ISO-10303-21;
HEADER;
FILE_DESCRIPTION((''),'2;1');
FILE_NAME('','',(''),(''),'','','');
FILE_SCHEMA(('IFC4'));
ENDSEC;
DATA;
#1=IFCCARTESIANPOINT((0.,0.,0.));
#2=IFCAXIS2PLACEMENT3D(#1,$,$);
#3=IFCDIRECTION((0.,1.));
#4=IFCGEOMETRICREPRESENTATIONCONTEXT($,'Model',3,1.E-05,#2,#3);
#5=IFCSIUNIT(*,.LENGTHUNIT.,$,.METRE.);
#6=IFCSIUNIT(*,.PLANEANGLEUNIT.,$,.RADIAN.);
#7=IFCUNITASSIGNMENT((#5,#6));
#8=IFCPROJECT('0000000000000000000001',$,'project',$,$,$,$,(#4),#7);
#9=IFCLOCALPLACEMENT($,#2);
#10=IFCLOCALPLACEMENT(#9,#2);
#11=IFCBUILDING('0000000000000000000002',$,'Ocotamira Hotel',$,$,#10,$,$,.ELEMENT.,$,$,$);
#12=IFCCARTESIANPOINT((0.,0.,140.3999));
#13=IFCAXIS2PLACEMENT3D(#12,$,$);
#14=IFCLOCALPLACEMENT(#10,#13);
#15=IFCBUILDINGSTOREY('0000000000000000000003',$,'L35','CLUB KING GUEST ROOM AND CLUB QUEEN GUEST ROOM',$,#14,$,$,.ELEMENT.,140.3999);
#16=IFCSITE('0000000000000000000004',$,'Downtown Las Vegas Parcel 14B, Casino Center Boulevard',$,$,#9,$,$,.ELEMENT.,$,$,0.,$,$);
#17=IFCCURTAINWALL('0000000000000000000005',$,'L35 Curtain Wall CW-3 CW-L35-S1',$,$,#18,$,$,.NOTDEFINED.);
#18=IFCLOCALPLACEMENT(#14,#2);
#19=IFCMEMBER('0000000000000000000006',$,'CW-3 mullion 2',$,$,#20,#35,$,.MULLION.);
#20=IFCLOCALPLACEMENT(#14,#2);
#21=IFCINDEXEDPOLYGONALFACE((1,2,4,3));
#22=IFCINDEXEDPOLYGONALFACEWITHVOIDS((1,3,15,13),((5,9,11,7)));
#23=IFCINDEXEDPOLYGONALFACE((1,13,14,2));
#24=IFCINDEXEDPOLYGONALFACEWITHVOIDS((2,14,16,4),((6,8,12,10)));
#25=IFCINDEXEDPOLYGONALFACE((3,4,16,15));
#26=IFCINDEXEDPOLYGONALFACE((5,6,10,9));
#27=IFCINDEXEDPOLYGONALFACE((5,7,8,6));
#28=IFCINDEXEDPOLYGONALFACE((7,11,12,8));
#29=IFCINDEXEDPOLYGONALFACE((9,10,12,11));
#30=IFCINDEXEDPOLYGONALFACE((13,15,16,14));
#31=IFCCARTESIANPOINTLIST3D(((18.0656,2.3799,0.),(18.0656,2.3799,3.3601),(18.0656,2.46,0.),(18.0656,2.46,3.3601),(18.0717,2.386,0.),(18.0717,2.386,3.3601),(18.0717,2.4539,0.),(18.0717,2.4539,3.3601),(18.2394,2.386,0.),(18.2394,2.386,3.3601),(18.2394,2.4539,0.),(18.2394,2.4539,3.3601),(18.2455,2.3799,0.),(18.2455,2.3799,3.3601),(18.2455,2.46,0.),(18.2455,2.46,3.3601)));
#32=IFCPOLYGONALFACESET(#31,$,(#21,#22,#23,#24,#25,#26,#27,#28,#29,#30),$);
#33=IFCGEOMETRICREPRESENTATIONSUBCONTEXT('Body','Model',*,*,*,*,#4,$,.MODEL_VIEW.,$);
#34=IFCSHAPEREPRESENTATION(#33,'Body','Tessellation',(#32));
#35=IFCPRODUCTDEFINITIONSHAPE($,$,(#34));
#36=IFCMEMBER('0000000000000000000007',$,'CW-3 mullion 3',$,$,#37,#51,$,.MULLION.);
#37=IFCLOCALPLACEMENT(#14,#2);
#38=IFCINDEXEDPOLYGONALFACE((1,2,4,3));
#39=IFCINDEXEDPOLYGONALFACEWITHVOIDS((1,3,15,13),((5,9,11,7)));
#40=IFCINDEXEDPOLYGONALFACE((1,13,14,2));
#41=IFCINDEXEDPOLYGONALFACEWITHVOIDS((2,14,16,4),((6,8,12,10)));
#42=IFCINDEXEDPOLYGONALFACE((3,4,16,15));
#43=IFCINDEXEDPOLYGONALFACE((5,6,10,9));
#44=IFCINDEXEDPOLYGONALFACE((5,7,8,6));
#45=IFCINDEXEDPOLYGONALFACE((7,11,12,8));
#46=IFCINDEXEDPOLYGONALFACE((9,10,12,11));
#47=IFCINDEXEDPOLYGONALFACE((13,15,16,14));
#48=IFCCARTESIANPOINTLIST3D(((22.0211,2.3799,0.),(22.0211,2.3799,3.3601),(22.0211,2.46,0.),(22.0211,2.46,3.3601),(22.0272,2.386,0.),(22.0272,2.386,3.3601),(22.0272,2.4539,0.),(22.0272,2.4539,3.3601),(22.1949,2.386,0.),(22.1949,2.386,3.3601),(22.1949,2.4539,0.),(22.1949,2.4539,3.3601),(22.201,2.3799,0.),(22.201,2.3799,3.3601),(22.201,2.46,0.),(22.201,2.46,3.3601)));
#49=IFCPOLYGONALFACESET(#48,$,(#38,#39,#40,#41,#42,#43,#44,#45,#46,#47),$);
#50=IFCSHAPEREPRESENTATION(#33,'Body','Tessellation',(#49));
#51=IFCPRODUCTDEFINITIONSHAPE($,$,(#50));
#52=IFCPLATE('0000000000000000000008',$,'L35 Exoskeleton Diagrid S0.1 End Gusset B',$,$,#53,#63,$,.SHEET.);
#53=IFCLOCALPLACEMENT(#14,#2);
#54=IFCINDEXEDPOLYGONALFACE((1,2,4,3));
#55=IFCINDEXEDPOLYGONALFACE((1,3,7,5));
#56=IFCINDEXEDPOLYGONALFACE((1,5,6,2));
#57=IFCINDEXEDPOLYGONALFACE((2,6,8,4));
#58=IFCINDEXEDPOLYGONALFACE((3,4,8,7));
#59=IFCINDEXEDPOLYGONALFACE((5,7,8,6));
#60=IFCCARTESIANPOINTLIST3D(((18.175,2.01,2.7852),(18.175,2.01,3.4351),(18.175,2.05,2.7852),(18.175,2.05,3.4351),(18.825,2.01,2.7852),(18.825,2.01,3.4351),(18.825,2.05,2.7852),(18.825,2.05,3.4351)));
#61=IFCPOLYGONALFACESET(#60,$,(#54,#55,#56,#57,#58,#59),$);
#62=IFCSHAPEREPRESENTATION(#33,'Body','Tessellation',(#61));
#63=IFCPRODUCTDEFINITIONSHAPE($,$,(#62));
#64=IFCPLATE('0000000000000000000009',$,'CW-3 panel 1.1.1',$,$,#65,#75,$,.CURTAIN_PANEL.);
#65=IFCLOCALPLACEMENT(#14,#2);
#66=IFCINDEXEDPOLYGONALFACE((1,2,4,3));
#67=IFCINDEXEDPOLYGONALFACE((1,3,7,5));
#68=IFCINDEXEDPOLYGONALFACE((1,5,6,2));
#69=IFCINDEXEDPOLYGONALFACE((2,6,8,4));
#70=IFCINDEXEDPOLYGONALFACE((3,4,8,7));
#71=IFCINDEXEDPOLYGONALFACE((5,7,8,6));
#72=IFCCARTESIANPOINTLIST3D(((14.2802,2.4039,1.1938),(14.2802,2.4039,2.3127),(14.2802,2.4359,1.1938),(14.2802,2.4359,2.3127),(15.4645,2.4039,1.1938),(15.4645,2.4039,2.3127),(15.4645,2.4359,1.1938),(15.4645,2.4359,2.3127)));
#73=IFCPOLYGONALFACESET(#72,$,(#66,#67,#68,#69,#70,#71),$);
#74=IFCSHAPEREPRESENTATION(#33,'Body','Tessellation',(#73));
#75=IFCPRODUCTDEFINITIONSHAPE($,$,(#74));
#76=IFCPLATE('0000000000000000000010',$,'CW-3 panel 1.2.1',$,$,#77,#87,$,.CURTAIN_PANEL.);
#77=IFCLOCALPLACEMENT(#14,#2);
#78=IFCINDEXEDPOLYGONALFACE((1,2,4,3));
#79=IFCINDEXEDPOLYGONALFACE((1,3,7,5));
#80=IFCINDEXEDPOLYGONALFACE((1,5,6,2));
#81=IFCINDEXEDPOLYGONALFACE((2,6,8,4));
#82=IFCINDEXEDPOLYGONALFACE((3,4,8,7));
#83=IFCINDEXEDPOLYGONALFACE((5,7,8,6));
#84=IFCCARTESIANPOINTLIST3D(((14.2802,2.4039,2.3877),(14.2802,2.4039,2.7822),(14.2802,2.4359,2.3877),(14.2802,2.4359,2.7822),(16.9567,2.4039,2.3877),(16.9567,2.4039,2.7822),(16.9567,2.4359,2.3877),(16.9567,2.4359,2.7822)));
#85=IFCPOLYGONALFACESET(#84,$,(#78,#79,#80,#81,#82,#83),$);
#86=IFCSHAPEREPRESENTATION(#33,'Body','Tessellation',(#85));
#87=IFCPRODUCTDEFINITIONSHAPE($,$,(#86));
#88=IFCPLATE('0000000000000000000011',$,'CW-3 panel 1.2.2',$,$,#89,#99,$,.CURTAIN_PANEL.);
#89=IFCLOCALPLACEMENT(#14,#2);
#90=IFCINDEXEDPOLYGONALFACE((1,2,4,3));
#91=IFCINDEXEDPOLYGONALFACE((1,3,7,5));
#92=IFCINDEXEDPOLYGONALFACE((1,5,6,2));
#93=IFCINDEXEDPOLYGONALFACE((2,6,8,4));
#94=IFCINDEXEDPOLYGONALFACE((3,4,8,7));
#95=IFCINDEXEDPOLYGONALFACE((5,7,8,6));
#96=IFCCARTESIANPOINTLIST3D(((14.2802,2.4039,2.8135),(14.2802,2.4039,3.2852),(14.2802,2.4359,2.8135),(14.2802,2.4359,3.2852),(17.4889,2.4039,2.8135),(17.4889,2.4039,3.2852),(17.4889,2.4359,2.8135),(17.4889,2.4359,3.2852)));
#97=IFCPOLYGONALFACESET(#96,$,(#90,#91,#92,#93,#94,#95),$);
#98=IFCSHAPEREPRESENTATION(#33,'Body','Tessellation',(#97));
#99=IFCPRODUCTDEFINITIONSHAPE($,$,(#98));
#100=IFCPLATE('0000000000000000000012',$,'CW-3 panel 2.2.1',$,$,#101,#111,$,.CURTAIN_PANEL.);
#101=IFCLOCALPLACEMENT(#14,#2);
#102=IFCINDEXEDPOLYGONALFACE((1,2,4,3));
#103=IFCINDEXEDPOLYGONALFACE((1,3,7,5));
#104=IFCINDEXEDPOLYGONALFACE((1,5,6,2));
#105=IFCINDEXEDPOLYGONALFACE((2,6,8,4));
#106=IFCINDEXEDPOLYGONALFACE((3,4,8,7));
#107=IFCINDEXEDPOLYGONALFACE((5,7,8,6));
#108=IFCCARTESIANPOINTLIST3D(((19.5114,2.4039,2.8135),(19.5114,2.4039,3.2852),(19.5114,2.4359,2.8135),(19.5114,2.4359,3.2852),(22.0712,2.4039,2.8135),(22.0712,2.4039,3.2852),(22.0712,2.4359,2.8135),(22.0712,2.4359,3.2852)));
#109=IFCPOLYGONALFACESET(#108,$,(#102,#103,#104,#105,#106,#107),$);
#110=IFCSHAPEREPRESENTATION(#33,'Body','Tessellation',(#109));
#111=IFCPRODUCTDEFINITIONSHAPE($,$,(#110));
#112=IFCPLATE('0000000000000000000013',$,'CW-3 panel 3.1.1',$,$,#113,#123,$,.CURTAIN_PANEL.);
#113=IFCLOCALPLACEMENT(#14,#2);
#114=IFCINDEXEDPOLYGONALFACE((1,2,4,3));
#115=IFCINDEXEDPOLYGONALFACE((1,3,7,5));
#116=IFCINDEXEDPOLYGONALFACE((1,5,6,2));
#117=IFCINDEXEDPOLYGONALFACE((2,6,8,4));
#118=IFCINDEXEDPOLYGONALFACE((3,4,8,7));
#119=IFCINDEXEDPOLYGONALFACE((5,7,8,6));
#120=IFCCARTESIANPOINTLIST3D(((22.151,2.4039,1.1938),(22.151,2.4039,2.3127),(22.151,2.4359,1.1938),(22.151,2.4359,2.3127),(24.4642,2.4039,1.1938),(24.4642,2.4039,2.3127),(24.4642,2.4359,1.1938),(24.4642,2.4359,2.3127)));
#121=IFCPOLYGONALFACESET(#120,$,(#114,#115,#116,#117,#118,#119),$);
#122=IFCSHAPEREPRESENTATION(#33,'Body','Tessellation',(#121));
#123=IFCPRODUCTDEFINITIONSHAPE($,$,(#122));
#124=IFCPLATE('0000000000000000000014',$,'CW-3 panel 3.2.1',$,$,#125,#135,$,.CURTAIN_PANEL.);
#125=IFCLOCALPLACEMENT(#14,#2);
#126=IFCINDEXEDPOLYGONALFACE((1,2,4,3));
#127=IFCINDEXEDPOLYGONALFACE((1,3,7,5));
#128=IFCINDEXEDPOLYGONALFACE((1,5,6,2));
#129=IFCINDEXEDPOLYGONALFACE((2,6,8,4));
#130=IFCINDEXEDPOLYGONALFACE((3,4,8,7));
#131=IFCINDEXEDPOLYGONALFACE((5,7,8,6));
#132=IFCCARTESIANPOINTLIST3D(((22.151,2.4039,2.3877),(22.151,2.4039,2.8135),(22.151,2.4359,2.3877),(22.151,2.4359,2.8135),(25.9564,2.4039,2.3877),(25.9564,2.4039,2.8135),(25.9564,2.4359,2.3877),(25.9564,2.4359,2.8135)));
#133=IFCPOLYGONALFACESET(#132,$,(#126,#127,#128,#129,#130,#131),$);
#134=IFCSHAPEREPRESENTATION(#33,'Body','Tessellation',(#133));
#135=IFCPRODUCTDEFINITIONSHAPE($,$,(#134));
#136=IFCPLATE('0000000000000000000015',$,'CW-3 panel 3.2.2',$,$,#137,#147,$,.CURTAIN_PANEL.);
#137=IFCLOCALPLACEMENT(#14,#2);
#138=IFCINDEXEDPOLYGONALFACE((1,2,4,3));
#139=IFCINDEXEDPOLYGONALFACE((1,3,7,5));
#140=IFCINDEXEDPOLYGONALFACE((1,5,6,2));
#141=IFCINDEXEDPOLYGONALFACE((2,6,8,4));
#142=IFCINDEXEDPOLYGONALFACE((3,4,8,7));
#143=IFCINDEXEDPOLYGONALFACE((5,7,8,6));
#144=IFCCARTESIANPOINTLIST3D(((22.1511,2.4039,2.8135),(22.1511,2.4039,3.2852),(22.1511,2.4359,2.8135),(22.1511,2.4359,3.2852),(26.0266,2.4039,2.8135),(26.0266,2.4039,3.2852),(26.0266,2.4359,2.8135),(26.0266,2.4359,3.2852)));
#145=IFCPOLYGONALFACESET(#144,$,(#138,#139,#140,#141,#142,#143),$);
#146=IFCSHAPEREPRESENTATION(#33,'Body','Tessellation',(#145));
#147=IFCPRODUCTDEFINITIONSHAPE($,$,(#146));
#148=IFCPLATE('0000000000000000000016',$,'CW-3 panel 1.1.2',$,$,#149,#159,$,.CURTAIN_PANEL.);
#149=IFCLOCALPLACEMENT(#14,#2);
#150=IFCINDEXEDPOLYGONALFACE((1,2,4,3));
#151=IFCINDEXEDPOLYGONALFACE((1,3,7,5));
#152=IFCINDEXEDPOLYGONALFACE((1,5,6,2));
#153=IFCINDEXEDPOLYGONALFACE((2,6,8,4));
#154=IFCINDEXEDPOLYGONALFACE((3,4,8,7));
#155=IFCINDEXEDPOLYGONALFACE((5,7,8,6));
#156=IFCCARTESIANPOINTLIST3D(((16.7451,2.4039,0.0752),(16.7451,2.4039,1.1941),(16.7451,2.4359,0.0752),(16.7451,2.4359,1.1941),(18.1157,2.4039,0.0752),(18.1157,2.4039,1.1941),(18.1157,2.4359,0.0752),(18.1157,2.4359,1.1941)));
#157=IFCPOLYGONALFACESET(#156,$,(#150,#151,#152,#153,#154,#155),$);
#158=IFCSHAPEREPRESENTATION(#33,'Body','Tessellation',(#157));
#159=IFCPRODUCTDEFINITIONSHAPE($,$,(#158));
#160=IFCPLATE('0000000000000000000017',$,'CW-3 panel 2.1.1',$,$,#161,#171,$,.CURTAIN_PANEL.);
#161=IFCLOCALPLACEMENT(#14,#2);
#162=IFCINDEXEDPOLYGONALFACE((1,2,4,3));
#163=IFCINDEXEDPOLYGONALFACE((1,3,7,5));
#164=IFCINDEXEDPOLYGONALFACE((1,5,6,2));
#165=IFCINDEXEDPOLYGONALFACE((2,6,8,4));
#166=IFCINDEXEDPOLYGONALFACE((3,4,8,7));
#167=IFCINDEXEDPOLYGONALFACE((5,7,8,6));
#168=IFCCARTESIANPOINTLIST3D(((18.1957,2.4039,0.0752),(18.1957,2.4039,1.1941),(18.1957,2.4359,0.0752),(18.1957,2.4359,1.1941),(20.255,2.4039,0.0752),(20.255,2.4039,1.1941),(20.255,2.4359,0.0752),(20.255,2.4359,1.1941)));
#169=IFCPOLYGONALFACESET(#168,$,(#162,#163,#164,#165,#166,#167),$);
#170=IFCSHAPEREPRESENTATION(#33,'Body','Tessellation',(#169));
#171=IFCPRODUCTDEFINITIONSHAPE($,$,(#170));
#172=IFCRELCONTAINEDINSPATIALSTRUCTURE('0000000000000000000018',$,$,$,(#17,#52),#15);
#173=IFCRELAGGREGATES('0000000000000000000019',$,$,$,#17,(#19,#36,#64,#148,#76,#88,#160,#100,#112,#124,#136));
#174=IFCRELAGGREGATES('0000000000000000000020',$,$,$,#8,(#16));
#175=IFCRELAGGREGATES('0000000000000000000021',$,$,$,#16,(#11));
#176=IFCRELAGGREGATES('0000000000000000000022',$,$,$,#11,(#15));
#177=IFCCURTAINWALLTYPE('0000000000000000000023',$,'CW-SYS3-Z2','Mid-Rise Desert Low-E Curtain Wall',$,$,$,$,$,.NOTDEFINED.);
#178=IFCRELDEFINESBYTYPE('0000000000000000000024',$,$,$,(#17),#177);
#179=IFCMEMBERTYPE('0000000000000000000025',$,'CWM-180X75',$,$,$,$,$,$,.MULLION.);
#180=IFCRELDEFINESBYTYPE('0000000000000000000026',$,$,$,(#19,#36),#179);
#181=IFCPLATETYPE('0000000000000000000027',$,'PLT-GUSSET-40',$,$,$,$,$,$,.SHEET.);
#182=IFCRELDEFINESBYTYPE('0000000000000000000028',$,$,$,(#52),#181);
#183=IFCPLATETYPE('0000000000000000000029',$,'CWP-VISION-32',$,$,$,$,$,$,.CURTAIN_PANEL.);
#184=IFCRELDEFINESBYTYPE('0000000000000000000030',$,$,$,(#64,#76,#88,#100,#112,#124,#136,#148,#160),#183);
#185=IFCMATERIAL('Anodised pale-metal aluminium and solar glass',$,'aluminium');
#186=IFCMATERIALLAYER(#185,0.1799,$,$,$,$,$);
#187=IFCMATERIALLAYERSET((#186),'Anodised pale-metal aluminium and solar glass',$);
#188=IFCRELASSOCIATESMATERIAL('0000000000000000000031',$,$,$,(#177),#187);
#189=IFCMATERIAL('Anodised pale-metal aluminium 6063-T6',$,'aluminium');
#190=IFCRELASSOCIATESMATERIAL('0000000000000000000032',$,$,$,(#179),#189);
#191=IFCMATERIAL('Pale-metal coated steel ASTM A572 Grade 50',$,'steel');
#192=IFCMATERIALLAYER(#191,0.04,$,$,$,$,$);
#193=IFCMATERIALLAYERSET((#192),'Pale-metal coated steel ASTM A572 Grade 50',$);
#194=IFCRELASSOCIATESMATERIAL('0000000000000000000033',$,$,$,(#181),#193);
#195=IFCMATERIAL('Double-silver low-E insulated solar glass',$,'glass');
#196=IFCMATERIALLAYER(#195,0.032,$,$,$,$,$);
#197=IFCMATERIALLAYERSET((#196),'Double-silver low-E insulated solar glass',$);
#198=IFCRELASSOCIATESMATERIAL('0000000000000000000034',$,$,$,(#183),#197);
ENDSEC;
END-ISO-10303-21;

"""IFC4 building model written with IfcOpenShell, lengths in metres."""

from ifc_helpers import new_model, si_unit, direction, frame, origin, origin_2d, place, context, subcontext, project, spatial, rectangle, hollow_rectangle, extrude, source, transform, mapped, material, layer, layer_set, material_profile, profile_set, type_object, element, aggregate, save


model = new_model("IFC4")

# Units and contexts
model_context = context("Model", 3, precision=1e-05, world=origin(), true_north=direction((0.0, 1.0)))
body_context = subcontext(model_context, "Body", "Model", "MODEL_VIEW")
ifc_project = project(units=[si_unit("LENGTHUNIT", "METRE"), si_unit("PLANEANGLEUNIT", "RADIAN")], contexts=[model_context])

# Site, building, storey
site_placement = place(None, origin())
site = spatial("IfcSite", under=ifc_project, at=site_placement, Name="Downtown Las Vegas Parcel 14B, Casino Center Boulevard", CompositionType="ELEMENT", RefElevation=0.0)
building_placement = place(site_placement, origin())
building = spatial("IfcBuilding", under=site, at=building_placement, Name="Ocotamira Hotel", CompositionType="ELEMENT")
storey_placement = place(building_placement, frame((0.0, 0.0, 140.3999)))
storey = spatial("IfcBuildingStorey", under=building, at=storey_placement, Name="L35", Description="CLUB KING GUEST ROOM AND CLUB QUEEN GUEST ROOM", CompositionType="ELEMENT", Elevation=140.3999)

# Curtain wall, members
ifc_material_1 = material(Name="Anodised pale-metal aluminium and solar glass", Category="aluminium")
ifc_layer_1 = layer(ifc_material_1, 0.1799)
ifc_layer_set_1 = layer_set([ifc_layer_1], Name="Anodised pale-metal aluminium and solar glass")
curtain_wall_type = type_object("IfcCurtainWallType", Name="CW-SYS3-Z2", Description="Mid-Rise Desert Low-E Curtain Wall", PredefinedType="NOTDEFINED", material=ifc_layer_set_1)
curtain_wall_placement = place(storey_placement, origin())
curtain_wall = element("IfcCurtainWall", 1, at=curtain_wall_placement, inside=storey, type_object=curtain_wall_type, Name="L35 Curtain Wall CW-3 CW-L35-S1", PredefinedType="NOTDEFINED")
ifc_material_2 = material(Name="Anodised pale-metal aluminium 6063-T6", Category="aluminium")
ifc_material_profile_1 = material_profile(ifc_material_2, hollow_rectangle(XDim=0.0801, YDim=0.1799, WallThickness=0.0061, at=origin_2d()), Name="HSS180X80X6")
ifc_profile_set_1 = profile_set([ifc_material_profile_1], Name="Anodised pale-metal aluminium 6063-T6")
member_type_1 = type_object("IfcMemberType", Name="CWM-180X75", PredefinedType="MULLION", material=ifc_profile_set_1)
shared_shape_1 = source(origin(), body_context, "Body", "SweptSolid", [
    extrude(hollow_rectangle(XDim=0.0801, YDim=0.1799, WallThickness=0.0061, at=origin_2d()), origin(), (0.0, 0.0, 1.0), 3.3601),
])
member_1_placement = place(storey_placement, frame((18.1555, 2.4199, 0.0), z_axis=(0.0, 0.0, 1.0), x_axis=(0.0, 1.0, 0.0)))
member_1 = element("IfcMember", 2, at=member_1_placement, type_object=member_type_1, Name="CW-3 mullion 2", PredefinedType="MULLION", context=body_context, shape_type="MappedRepresentation", body=[
    mapped(shared_shape_1, transform((0.0, 0.0, 0.0), scale=1.0)),
])
member_2_placement = place(storey_placement, frame((22.1111, 2.4199, 0.0), z_axis=(0.0, 0.0, 1.0), x_axis=(0.0, 1.0, 0.0)))
member_2 = element("IfcMember", 3, at=member_2_placement, type_object=member_type_1, Name="CW-3 mullion 3", PredefinedType="MULLION", context=body_context, shape_type="MappedRepresentation", body=[
    mapped(shared_shape_1, transform((0.0, 0.0, 0.0), scale=1.0)),
])

# Plates
ifc_material_3 = material(Name="Pale-metal coated steel ASTM A572 Grade 50", Category="steel")
ifc_layer_2 = layer(ifc_material_3, 0.04)
ifc_layer_set_2 = layer_set([ifc_layer_2], Name="Pale-metal coated steel ASTM A572 Grade 50")
plate_type_1 = type_object("IfcPlateType", Name="PLT-GUSSET-40", PredefinedType="SHEET", material=ifc_layer_set_2)
shared_shape_2 = source(origin(), body_context, "Body", "SweptSolid", [
    extrude(rectangle(XDim=0.6499, YDim=0.04, at=origin_2d()), origin(), (0.0, 0.0, 1.0), 0.6499),
])
plate_1_placement = place(storey_placement, frame((18.5, 2.03, 2.7852), z_axis=(0.0, 0.0, 1.0), x_axis=(1.0, 0.0, 0.0)))
element("IfcPlate", 4, at=plate_1_placement, inside=storey, type_object=plate_type_1, Name="L35 Exoskeleton Diagrid S0.1 End Gusset B", PredefinedType="SHEET", context=body_context, shape_type="MappedRepresentation", body=[
    mapped(shared_shape_2, transform((0.0, 0.0, 0.0), scale=1.0)),
])
ifc_material_4 = material(Name="Double-silver low-E insulated solar glass", Category="glass")
ifc_layer_3 = layer(ifc_material_4, 0.032)
ifc_layer_set_3 = layer_set([ifc_layer_3], Name="Double-silver low-E insulated solar glass")
plate_type_2 = type_object("IfcPlateType", Name="CWP-VISION-32", PredefinedType="CURTAIN_PANEL", material=ifc_layer_set_3)
shared_shape_3 = source(origin(), body_context, "Body", "SweptSolid", [
    extrude(rectangle(XDim=1.1843, YDim=0.032, at=origin_2d()), origin(), (0.0, 0.0, 1.0), 1.1189),
])
plate_2_placement = place(storey_placement, frame((14.8723, 2.4199, 1.1938), z_axis=(0.0, 0.0, 1.0), x_axis=(1.0, 0.0, 0.0)))
plate_2 = element("IfcPlate", 5, at=plate_2_placement, type_object=plate_type_2, Name="CW-3 panel 1.1.1", PredefinedType="CURTAIN_PANEL", context=body_context, shape_type="MappedRepresentation", body=[
    mapped(shared_shape_3, transform((0.0, 0.0, 0.0), scale=1.0)),
])
shared_shape_4 = source(origin(), body_context, "Body", "SweptSolid", [
    extrude(rectangle(XDim=2.6765, YDim=0.032, at=origin_2d()), origin(), (0.0, 0.0, 1.0), 0.3945),
])
plate_3_placement = place(storey_placement, frame((15.6184, 2.4199, 2.3877), z_axis=(0.0, 0.0, 1.0), x_axis=(1.0, 0.0, 0.0)))
plate_3 = element("IfcPlate", 6, at=plate_3_placement, type_object=plate_type_2, Name="CW-3 panel 1.2.1", PredefinedType="CURTAIN_PANEL", context=body_context, shape_type="MappedRepresentation", body=[
    mapped(shared_shape_4, transform((0.0, 0.0, 0.0), scale=1.0)),
])
shared_shape_5 = source(origin(), body_context, "Body", "SweptSolid", [
    extrude(rectangle(XDim=3.2087, YDim=0.032, at=origin_2d()), origin(), (0.0, 0.0, 1.0), 0.4717),
])
plate_4_placement = place(storey_placement, frame((15.8845, 2.4199, 2.8135), z_axis=(0.0, 0.0, 1.0), x_axis=(1.0, 0.0, 0.0)))
plate_4 = element("IfcPlate", 7, at=plate_4_placement, type_object=plate_type_2, Name="CW-3 panel 1.2.2", PredefinedType="CURTAIN_PANEL", context=body_context, shape_type="MappedRepresentation", body=[
    mapped(shared_shape_5, transform((0.0, 0.0, 0.0), scale=1.0)),
])
shared_shape_6 = source(origin(), body_context, "Body", "SweptSolid", [
    extrude(rectangle(XDim=2.5598, YDim=0.032, at=origin_2d()), origin(), (0.0, 0.0, 1.0), 0.4717),
])
plate_5_placement = place(storey_placement, frame((20.7913, 2.4199, 2.8135), z_axis=(0.0, 0.0, 1.0), x_axis=(1.0, 0.0, 0.0)))
plate_5 = element("IfcPlate", 8, at=plate_5_placement, type_object=plate_type_2, Name="CW-3 panel 2.2.1", PredefinedType="CURTAIN_PANEL", context=body_context, shape_type="MappedRepresentation", body=[
    mapped(shared_shape_6, transform((0.0, 0.0, 0.0), scale=1.0)),
])
shared_shape_7 = source(origin(), body_context, "Body", "SweptSolid", [
    extrude(rectangle(XDim=2.3132, YDim=0.032, at=origin_2d()), origin(), (0.0, 0.0, 1.0), 1.1189),
])
plate_6_placement = place(storey_placement, frame((23.3076, 2.4199, 1.1938), z_axis=(0.0, 0.0, 1.0), x_axis=(1.0, 0.0, 0.0)))
plate_6 = element("IfcPlate", 9, at=plate_6_placement, type_object=plate_type_2, Name="CW-3 panel 3.1.1", PredefinedType="CURTAIN_PANEL", context=body_context, shape_type="MappedRepresentation", body=[
    mapped(shared_shape_7, transform((0.0, 0.0, 0.0), scale=1.0)),
])
shared_shape_8 = source(origin(), body_context, "Body", "SweptSolid", [
    extrude(rectangle(XDim=3.8054, YDim=0.032, at=origin_2d()), origin(), (0.0, 0.0, 1.0), 0.4258),
])
plate_7_placement = place(storey_placement, frame((24.0537, 2.4199, 2.3877), z_axis=(0.0, 0.0, 1.0), x_axis=(1.0, 0.0, 0.0)))
plate_7 = element("IfcPlate", 10, at=plate_7_placement, type_object=plate_type_2, Name="CW-3 panel 3.2.1", PredefinedType="CURTAIN_PANEL", context=body_context, shape_type="MappedRepresentation", body=[
    mapped(shared_shape_8, transform((0.0, 0.0, 0.0), scale=1.0)),
])
shared_shape_9 = source(origin(), body_context, "Body", "SweptSolid", [
    extrude(rectangle(XDim=3.8755, YDim=0.032, at=origin_2d()), origin(), (0.0, 0.0, 1.0), 0.4717),
])
plate_8_placement = place(storey_placement, frame((24.0889, 2.4199, 2.8135), z_axis=(0.0, 0.0, 1.0), x_axis=(1.0, 0.0, 0.0)))
plate_8 = element("IfcPlate", 11, at=plate_8_placement, type_object=plate_type_2, Name="CW-3 panel 3.2.2", PredefinedType="CURTAIN_PANEL", context=body_context, shape_type="MappedRepresentation", body=[
    mapped(shared_shape_9, transform((0.0, 0.0, 0.0), scale=1.0)),
])
shared_shape_10 = source(origin(), body_context, "Body", "SweptSolid", [
    extrude(rectangle(XDim=1.3706, YDim=0.032, at=origin_2d()), origin(), (0.0, 0.0, 1.0), 1.1189),
])
plate_9_placement = place(storey_placement, frame((17.4304, 2.4199, 0.0752), z_axis=(0.0, 0.0, 1.0), x_axis=(1.0, 0.0, 0.0)))
plate_9 = element("IfcPlate", 12, at=plate_9_placement, type_object=plate_type_2, Name="CW-3 panel 1.1.2", PredefinedType="CURTAIN_PANEL", context=body_context, shape_type="MappedRepresentation", body=[
    mapped(shared_shape_10, transform((0.0, 0.0, 0.0), scale=1.0)),
])
shared_shape_11 = source(origin(), body_context, "Body", "SweptSolid", [
    extrude(rectangle(XDim=2.0593, YDim=0.032, at=origin_2d()), origin(), (0.0, 0.0, 1.0), 1.1189),
])
plate_10_placement = place(storey_placement, frame((19.2253, 2.4199, 0.0752), z_axis=(0.0, 0.0, 1.0), x_axis=(1.0, 0.0, 0.0)))
plate_10 = element("IfcPlate", 13, at=plate_10_placement, type_object=plate_type_2, Name="CW-3 panel 2.1.1", PredefinedType="CURTAIN_PANEL", context=body_context, shape_type="MappedRepresentation", body=[
    mapped(shared_shape_11, transform((0.0, 0.0, 0.0), scale=1.0)),
])
aggregate(curtain_wall, [member_1, member_2, plate_2, plate_9, plate_3, plate_4, plate_10, plate_5, plate_6, plate_7, plate_8])

save(model, "model.ifc")
